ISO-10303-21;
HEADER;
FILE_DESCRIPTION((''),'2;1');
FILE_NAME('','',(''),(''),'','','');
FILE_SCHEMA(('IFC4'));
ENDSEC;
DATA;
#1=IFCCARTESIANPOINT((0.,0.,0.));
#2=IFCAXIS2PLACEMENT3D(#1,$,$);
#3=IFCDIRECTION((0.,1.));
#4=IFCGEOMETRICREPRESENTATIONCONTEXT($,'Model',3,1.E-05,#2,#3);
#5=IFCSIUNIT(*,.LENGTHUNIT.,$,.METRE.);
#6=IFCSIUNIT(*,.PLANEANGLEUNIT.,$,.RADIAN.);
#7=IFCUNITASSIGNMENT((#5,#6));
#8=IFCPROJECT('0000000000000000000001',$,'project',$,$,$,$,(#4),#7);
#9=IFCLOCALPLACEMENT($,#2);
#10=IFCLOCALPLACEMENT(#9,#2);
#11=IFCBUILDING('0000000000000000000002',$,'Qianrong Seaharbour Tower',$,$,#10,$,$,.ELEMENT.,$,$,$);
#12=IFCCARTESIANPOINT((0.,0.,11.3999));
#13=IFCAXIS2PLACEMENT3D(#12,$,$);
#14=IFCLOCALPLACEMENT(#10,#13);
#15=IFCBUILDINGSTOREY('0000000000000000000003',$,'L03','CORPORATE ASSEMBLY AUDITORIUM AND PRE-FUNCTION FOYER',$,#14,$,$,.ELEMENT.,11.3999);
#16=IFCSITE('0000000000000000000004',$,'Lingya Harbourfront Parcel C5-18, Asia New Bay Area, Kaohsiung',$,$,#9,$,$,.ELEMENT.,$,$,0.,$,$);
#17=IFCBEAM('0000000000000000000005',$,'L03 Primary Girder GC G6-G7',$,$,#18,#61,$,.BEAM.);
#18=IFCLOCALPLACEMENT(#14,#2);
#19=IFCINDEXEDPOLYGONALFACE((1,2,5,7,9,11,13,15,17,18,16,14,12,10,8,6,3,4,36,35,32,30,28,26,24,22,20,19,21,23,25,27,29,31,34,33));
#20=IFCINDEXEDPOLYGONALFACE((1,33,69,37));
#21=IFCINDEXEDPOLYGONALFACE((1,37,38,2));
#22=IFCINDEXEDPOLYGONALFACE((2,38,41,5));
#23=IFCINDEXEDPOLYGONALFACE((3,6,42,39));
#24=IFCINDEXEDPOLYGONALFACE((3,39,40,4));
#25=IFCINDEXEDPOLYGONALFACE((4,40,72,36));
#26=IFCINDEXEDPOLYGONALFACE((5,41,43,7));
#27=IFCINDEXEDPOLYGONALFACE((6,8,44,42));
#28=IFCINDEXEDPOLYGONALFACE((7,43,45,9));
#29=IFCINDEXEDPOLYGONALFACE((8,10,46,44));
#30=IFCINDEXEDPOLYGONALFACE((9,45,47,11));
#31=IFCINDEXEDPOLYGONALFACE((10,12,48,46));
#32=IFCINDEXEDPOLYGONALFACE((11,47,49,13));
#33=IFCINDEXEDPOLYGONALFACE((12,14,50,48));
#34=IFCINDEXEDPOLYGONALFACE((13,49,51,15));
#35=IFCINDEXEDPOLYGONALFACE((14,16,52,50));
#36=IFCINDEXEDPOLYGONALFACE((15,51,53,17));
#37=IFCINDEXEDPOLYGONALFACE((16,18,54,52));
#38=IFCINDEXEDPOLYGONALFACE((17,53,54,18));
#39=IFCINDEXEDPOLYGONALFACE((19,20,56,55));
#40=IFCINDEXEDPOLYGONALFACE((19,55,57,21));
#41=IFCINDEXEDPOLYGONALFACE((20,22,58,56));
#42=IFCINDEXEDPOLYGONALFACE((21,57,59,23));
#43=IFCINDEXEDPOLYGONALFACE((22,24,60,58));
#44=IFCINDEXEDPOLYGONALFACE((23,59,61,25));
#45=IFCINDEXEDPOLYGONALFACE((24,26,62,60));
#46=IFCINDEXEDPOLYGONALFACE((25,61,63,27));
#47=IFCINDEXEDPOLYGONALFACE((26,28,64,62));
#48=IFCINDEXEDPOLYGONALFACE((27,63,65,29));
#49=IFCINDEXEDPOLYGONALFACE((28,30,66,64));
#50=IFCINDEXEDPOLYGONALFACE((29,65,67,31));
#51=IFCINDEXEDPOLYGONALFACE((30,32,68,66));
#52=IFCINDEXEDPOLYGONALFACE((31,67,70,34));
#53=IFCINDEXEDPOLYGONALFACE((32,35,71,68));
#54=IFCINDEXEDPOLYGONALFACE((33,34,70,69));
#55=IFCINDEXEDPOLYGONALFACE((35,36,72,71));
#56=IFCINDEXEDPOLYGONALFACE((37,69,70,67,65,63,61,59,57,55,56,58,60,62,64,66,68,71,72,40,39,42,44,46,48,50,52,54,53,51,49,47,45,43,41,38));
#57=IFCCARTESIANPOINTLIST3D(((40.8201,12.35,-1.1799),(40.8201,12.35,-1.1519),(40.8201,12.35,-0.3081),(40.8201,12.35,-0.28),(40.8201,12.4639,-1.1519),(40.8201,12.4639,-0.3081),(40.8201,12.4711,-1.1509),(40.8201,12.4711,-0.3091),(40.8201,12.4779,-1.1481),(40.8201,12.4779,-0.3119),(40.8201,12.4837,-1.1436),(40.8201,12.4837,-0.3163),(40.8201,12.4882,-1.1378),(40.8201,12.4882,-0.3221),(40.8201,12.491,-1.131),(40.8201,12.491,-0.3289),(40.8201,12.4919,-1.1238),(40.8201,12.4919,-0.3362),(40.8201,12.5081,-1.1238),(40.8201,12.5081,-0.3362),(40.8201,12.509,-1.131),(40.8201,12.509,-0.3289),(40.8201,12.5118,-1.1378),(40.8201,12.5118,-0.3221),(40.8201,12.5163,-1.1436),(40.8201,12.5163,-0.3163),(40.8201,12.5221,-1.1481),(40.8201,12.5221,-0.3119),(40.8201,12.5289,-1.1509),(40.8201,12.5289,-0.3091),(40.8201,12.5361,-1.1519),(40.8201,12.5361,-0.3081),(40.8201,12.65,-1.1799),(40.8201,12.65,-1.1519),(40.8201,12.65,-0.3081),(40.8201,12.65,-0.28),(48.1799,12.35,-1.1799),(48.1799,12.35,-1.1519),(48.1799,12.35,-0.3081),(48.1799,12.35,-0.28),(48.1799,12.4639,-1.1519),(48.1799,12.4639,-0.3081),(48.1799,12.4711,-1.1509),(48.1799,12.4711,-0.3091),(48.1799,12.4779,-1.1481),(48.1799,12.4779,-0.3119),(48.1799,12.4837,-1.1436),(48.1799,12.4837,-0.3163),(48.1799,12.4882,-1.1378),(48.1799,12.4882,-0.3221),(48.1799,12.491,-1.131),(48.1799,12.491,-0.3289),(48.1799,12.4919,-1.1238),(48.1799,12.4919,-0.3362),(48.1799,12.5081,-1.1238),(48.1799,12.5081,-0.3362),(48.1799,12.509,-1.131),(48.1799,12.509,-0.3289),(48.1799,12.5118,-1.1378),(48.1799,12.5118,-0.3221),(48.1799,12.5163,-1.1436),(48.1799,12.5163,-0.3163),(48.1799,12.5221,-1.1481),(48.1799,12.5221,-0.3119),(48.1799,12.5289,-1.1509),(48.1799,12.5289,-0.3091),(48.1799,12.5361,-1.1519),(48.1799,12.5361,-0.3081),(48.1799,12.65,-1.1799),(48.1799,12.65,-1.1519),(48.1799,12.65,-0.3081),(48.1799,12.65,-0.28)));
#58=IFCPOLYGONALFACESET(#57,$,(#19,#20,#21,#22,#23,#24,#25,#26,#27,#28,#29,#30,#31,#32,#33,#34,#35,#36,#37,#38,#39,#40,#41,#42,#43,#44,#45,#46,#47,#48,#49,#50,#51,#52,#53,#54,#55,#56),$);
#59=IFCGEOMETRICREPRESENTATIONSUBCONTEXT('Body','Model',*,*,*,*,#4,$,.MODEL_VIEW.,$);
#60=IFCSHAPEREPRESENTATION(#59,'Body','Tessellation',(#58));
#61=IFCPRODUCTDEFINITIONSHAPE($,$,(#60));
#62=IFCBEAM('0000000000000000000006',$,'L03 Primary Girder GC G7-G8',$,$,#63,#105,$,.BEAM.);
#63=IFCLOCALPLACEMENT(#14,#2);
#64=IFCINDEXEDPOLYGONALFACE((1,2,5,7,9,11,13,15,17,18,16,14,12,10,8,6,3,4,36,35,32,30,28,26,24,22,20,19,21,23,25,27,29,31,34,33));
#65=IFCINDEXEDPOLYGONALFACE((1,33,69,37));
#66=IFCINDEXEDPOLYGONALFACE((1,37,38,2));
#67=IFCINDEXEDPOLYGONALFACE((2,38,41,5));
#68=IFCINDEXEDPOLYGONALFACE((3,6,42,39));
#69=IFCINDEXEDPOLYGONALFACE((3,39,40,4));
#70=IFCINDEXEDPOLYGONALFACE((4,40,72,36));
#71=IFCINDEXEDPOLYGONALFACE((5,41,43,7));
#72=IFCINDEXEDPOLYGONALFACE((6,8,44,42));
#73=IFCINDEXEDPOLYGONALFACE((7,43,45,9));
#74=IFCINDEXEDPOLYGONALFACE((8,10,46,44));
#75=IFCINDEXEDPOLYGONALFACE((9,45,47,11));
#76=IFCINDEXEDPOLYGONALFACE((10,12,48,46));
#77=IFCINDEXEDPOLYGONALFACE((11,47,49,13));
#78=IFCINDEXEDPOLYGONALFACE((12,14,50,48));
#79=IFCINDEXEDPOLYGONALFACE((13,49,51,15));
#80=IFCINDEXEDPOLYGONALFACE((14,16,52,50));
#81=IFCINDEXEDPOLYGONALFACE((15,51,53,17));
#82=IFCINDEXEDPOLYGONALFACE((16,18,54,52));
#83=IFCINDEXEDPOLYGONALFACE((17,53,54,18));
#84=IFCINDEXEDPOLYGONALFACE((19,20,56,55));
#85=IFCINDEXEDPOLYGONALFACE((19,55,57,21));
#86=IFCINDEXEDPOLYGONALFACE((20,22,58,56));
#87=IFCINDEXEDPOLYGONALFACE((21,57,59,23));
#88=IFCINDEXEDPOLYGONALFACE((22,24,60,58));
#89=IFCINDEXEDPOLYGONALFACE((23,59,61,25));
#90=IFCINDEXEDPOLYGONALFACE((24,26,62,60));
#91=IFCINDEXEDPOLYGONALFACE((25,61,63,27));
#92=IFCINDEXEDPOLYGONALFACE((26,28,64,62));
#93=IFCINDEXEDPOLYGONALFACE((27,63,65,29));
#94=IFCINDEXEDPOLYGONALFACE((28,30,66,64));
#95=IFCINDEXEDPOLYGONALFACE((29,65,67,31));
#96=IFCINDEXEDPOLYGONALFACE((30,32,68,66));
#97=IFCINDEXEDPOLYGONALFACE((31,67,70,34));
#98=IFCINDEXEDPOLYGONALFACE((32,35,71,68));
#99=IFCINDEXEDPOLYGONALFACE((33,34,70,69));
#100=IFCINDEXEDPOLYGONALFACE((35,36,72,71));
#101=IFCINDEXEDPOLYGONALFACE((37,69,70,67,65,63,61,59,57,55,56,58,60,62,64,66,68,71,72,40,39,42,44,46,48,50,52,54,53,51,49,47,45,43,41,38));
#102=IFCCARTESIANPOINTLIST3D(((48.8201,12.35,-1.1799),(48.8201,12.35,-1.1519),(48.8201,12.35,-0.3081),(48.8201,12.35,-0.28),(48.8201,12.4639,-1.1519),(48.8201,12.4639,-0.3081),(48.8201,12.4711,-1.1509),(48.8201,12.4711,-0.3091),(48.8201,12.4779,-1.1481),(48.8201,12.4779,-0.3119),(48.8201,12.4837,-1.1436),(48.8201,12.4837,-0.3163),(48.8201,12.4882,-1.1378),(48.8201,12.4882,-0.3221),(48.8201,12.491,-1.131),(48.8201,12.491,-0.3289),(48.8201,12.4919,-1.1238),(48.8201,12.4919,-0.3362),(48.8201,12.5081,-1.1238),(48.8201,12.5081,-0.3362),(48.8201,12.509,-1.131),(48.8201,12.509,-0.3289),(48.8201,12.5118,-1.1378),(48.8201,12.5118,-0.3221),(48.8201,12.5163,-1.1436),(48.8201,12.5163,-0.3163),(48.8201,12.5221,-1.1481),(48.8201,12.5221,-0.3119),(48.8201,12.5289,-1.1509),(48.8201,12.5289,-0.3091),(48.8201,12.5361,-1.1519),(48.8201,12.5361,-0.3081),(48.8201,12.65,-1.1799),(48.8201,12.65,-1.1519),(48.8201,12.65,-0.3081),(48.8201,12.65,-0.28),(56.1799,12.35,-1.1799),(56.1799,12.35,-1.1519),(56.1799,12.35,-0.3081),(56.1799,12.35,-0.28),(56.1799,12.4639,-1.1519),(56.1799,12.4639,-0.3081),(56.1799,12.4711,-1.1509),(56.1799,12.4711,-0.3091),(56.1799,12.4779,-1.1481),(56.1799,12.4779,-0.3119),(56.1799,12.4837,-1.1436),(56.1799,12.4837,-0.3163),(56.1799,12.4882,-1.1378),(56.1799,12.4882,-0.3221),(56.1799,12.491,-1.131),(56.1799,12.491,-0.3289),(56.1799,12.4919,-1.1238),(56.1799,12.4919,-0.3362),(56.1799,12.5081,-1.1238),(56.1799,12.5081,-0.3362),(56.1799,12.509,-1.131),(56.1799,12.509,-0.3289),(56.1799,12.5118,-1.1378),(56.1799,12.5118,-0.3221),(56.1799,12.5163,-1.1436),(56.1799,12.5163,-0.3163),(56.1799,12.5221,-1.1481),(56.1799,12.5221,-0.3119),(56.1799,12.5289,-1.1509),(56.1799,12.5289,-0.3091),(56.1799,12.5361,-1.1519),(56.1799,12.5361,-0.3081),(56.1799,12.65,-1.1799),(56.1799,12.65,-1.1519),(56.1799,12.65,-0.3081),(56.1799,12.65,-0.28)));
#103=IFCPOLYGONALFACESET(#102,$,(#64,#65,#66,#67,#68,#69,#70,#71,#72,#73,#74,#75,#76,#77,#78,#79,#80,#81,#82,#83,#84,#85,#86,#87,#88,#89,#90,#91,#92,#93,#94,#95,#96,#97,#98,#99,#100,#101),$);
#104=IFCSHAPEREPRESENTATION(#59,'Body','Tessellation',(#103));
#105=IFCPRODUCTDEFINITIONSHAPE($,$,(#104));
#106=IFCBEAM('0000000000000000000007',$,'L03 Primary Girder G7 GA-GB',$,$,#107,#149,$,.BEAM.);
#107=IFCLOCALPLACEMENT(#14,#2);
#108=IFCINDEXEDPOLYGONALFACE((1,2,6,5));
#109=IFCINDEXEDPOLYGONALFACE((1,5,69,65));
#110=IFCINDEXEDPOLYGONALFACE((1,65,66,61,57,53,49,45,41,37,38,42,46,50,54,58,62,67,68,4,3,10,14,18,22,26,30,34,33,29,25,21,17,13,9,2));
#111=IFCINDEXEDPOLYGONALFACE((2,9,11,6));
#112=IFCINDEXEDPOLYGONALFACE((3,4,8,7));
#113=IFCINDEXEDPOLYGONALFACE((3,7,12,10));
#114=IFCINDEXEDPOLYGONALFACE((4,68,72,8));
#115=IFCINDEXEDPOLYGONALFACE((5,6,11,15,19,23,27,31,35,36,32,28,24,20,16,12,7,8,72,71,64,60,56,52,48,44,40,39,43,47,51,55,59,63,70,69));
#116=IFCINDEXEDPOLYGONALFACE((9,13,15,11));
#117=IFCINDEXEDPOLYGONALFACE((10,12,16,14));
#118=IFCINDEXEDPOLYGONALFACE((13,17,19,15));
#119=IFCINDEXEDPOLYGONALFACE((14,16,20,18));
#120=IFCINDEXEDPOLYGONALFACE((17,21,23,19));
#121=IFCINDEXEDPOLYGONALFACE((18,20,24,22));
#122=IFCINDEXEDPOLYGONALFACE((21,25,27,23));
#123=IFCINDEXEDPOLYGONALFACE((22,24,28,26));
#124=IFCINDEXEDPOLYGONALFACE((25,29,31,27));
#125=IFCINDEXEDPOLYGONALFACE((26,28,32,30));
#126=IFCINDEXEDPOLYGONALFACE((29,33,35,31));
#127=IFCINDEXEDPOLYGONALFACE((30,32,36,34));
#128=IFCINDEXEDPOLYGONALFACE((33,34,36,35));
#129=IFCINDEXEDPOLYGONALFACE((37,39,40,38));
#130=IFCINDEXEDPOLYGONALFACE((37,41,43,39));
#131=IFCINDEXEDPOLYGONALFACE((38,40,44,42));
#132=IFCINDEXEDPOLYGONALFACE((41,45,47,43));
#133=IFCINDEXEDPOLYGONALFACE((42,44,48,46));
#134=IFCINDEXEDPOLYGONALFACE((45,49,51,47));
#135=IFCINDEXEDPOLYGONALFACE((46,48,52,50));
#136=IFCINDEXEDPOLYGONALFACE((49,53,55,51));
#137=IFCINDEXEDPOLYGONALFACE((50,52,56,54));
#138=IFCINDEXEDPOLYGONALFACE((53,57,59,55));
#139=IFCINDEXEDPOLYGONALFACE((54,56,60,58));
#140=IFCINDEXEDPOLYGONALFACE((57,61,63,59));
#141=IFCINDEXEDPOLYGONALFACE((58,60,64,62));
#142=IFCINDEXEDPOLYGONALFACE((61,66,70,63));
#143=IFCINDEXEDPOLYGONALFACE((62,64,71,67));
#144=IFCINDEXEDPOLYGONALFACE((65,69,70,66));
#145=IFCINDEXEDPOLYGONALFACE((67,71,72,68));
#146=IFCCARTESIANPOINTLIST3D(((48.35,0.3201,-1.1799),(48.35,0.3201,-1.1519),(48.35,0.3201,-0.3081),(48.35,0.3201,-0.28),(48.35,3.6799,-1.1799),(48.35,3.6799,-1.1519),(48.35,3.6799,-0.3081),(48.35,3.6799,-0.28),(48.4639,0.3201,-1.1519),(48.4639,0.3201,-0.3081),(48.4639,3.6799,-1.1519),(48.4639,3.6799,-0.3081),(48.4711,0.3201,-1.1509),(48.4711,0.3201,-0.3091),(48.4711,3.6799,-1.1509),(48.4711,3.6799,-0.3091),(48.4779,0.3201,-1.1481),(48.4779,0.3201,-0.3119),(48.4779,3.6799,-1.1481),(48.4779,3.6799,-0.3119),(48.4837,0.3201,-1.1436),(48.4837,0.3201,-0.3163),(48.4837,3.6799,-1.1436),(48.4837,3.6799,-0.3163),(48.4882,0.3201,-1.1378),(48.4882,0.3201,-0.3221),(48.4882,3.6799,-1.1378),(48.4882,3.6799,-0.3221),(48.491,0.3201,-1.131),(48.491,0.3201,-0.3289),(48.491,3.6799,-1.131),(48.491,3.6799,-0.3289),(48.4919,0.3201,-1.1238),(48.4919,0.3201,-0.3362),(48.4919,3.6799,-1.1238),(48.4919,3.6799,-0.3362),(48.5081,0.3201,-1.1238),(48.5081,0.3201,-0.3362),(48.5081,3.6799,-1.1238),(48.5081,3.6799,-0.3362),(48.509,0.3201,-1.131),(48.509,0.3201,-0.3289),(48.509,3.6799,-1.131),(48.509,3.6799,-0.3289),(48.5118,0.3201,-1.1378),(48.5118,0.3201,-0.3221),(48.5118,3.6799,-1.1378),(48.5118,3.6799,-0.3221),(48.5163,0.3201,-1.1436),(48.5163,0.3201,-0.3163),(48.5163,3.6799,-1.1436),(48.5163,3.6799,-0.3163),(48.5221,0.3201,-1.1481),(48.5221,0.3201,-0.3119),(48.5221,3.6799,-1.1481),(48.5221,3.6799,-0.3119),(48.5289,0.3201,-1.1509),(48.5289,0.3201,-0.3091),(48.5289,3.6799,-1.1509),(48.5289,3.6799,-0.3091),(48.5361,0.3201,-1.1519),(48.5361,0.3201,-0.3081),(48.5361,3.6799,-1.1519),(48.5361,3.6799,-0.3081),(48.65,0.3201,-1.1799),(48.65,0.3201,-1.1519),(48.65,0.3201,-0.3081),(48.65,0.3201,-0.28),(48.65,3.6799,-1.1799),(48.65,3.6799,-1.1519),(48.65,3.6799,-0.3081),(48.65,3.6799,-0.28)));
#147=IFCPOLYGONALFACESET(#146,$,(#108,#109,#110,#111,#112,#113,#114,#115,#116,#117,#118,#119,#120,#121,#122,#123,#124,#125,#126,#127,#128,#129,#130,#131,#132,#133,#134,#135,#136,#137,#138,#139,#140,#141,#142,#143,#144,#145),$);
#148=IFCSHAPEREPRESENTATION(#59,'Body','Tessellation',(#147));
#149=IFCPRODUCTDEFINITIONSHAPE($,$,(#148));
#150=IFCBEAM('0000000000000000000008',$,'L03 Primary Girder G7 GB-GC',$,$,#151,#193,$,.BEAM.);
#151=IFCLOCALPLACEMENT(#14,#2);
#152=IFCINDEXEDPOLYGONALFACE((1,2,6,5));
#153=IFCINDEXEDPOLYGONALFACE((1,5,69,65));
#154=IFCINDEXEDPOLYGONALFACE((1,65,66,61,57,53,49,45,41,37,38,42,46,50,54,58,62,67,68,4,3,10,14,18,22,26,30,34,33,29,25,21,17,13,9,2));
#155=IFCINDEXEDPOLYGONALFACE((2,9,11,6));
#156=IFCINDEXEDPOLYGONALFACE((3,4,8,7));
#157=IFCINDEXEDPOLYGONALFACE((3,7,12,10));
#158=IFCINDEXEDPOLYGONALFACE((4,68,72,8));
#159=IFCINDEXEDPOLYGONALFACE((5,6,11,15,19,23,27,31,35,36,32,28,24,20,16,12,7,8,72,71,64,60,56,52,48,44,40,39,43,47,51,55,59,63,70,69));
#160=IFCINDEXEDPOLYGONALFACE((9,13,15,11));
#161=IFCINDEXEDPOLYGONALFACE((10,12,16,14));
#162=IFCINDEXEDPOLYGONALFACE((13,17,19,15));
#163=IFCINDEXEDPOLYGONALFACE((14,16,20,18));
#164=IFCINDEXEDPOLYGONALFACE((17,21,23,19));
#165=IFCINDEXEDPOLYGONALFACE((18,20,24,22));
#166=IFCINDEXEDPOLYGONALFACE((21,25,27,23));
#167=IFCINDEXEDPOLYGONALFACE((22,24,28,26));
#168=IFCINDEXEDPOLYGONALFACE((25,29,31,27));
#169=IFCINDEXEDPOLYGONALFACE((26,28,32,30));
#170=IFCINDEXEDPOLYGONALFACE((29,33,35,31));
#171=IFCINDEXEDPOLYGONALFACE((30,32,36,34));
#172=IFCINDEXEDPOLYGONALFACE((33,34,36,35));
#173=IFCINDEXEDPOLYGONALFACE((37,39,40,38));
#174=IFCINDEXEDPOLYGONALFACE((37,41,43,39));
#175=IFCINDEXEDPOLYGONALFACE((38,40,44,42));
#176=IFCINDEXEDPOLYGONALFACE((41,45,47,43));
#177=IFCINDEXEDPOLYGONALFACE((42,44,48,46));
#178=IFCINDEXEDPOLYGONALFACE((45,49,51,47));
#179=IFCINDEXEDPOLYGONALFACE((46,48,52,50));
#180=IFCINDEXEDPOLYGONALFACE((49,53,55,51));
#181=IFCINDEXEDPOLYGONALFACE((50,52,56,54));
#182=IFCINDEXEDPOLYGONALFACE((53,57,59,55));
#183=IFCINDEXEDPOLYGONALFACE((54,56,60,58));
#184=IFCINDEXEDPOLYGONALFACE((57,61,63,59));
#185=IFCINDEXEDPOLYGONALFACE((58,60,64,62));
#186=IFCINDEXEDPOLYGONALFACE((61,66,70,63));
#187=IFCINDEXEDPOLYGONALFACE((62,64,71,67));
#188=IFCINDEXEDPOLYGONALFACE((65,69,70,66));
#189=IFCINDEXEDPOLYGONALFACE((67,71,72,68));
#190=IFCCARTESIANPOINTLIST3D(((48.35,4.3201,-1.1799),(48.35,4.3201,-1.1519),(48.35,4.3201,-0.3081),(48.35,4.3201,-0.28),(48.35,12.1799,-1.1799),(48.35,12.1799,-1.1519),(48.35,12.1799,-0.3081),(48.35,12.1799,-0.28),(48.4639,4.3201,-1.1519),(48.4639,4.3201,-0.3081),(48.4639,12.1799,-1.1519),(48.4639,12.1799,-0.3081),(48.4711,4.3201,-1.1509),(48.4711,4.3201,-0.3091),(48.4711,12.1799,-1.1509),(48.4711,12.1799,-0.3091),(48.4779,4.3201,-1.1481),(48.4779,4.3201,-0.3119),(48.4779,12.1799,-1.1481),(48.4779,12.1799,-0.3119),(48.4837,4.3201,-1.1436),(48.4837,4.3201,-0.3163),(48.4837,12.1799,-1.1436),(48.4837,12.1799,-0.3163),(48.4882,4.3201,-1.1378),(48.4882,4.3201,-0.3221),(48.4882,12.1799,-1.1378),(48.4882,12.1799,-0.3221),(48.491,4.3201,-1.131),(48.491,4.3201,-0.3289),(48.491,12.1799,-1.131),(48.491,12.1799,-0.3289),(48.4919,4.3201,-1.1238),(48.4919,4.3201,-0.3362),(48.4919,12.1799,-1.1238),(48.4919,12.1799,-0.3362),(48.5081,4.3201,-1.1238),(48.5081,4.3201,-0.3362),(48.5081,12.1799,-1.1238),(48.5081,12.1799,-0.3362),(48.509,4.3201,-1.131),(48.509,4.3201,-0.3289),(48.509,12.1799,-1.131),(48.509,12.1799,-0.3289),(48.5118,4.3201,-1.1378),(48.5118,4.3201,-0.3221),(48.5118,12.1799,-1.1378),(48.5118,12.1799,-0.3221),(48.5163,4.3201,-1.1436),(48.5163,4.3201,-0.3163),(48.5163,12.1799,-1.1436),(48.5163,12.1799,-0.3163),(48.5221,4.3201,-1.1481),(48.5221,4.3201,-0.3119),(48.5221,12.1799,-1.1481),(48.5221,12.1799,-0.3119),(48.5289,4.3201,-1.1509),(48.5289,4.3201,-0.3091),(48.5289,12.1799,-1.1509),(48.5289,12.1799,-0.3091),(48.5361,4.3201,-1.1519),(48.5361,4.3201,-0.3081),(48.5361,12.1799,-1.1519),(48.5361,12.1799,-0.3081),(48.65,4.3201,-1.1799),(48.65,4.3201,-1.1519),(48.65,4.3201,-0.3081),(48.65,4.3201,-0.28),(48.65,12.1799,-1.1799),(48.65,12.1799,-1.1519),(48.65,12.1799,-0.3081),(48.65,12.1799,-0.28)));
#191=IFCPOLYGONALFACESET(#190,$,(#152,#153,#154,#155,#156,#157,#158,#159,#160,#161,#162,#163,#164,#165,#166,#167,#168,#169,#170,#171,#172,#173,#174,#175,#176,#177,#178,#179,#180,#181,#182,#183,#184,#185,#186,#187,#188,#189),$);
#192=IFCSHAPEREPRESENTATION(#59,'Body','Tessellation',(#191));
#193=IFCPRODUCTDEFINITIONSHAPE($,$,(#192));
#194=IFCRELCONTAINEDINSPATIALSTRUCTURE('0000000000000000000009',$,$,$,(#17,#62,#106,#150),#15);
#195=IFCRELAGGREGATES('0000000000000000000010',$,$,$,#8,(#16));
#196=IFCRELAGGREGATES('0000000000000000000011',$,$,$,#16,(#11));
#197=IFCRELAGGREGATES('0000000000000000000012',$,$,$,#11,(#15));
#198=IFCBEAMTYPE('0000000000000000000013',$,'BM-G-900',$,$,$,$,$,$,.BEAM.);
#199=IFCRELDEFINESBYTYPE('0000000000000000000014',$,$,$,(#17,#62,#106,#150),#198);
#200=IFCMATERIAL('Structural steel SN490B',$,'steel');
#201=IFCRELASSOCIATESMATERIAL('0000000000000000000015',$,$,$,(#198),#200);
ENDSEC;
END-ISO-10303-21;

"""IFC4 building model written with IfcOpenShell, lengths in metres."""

from ifc_helpers import new_model, si_unit, direction, frame, origin, origin_2d, place, context, subcontext, project, spatial, i_section, extrude, material, material_profile, profile_set, type_object, element, save


model = new_model("IFC4")

# Units and contexts
model_context = context("Model", 3, precision=1e-05, world=origin(), true_north=direction((0.0, 1.0)))
body_context = subcontext(model_context, "Body", "Model", "MODEL_VIEW")
ifc_project = project(units=[si_unit("LENGTHUNIT", "METRE"), si_unit("PLANEANGLEUNIT", "RADIAN")], contexts=[model_context])

# Site, building, storey
site_placement = place(None, origin())
site = spatial("IfcSite", under=ifc_project, at=site_placement, Name="Lingya Harbourfront Parcel C5-18, Asia New Bay Area, Kaohsiung", CompositionType="ELEMENT", RefElevation=0.0)
building_placement = place(site_placement, origin())
building = spatial("IfcBuilding", under=site, at=building_placement, Name="Qianrong Seaharbour Tower", CompositionType="ELEMENT")
storey_placement = place(building_placement, frame((0.0, 0.0, 11.3999)))
storey = spatial("IfcBuildingStorey", under=building, at=storey_placement, Name="L03", Description="CORPORATE ASSEMBLY AUDITORIUM AND PRE-FUNCTION FOYER", CompositionType="ELEMENT", Elevation=11.3999)

# Beams
ifc_material_1 = material(Name="Structural steel SN490B", Category="steel")
ifc_material_profile_1 = material_profile(ifc_material_1, i_section(OverallWidth=0.3, OverallDepth=0.8999, WebThickness=0.0161, FlangeThickness=0.0281, FilletRadius=0.0281, at=origin_2d()), Name="H900x300x16x28")
ifc_profile_set_1 = profile_set([ifc_material_profile_1], Name="Structural steel SN490B")
beam_type_1 = type_object("IfcBeamType", Name="BM-G-900", PredefinedType="BEAM", material=ifc_profile_set_1)
for number, where, z_axis, x_axis, name in (
    (1, (40.8201, 12.5, -0.73), (1.0, 0.0, 0.0), (0.0, 1.0, 0.0), "L03 Primary Girder GC G6-G7"),
    (2, (48.8201, 12.5, -0.73), (1.0, 0.0, 0.0), (0.0, 1.0, 0.0), "L03 Primary Girder GC G7-G8"),
):
    element("IfcBeam", number, at=place(storey_placement, frame(where, z_axis=z_axis, x_axis=x_axis)), inside=storey, type_object=beam_type_1, Name=name, PredefinedType="BEAM", context=body_context, shape_type="SweptSolid", body=[
        extrude(i_section(OverallWidth=0.3, OverallDepth=0.8999, WebThickness=0.0161, FlangeThickness=0.0281, FilletRadius=0.0281, at=origin_2d()), origin(), (0.0, 0.0, 1.0), 7.3599),
    ])
beam_1_placement = place(storey_placement, frame((48.5, 0.3201, -0.73), z_axis=(0.0, 1.0, 0.0), x_axis=(-1.0, 0.0, 0.0)))
element("IfcBeam", 3, at=beam_1_placement, inside=storey, type_object=beam_type_1, Name="L03 Primary Girder G7 GA-GB", PredefinedType="BEAM", context=body_context, shape_type="SweptSolid", body=[
    extrude(i_section(OverallWidth=0.3, OverallDepth=0.8999, WebThickness=0.0161, FlangeThickness=0.0281, FilletRadius=0.0281, at=origin_2d()), origin(), (0.0, 0.0, 1.0), 3.3599),
])
beam_2_placement = place(storey_placement, frame((48.5, 4.3201, -0.73), z_axis=(0.0, 1.0, 0.0), x_axis=(-1.0, 0.0, 0.0)))
element("IfcBeam", 4, at=beam_2_placement, inside=storey, type_object=beam_type_1, Name="L03 Primary Girder G7 GB-GC", PredefinedType="BEAM", context=body_context, shape_type="SweptSolid", body=[
    extrude(i_section(OverallWidth=0.3, OverallDepth=0.8999, WebThickness=0.0161, FlangeThickness=0.0281, FilletRadius=0.0281, at=origin_2d()), origin(), (0.0, 0.0, 1.0), 7.8599),
])

save(model, "model.ifc")
